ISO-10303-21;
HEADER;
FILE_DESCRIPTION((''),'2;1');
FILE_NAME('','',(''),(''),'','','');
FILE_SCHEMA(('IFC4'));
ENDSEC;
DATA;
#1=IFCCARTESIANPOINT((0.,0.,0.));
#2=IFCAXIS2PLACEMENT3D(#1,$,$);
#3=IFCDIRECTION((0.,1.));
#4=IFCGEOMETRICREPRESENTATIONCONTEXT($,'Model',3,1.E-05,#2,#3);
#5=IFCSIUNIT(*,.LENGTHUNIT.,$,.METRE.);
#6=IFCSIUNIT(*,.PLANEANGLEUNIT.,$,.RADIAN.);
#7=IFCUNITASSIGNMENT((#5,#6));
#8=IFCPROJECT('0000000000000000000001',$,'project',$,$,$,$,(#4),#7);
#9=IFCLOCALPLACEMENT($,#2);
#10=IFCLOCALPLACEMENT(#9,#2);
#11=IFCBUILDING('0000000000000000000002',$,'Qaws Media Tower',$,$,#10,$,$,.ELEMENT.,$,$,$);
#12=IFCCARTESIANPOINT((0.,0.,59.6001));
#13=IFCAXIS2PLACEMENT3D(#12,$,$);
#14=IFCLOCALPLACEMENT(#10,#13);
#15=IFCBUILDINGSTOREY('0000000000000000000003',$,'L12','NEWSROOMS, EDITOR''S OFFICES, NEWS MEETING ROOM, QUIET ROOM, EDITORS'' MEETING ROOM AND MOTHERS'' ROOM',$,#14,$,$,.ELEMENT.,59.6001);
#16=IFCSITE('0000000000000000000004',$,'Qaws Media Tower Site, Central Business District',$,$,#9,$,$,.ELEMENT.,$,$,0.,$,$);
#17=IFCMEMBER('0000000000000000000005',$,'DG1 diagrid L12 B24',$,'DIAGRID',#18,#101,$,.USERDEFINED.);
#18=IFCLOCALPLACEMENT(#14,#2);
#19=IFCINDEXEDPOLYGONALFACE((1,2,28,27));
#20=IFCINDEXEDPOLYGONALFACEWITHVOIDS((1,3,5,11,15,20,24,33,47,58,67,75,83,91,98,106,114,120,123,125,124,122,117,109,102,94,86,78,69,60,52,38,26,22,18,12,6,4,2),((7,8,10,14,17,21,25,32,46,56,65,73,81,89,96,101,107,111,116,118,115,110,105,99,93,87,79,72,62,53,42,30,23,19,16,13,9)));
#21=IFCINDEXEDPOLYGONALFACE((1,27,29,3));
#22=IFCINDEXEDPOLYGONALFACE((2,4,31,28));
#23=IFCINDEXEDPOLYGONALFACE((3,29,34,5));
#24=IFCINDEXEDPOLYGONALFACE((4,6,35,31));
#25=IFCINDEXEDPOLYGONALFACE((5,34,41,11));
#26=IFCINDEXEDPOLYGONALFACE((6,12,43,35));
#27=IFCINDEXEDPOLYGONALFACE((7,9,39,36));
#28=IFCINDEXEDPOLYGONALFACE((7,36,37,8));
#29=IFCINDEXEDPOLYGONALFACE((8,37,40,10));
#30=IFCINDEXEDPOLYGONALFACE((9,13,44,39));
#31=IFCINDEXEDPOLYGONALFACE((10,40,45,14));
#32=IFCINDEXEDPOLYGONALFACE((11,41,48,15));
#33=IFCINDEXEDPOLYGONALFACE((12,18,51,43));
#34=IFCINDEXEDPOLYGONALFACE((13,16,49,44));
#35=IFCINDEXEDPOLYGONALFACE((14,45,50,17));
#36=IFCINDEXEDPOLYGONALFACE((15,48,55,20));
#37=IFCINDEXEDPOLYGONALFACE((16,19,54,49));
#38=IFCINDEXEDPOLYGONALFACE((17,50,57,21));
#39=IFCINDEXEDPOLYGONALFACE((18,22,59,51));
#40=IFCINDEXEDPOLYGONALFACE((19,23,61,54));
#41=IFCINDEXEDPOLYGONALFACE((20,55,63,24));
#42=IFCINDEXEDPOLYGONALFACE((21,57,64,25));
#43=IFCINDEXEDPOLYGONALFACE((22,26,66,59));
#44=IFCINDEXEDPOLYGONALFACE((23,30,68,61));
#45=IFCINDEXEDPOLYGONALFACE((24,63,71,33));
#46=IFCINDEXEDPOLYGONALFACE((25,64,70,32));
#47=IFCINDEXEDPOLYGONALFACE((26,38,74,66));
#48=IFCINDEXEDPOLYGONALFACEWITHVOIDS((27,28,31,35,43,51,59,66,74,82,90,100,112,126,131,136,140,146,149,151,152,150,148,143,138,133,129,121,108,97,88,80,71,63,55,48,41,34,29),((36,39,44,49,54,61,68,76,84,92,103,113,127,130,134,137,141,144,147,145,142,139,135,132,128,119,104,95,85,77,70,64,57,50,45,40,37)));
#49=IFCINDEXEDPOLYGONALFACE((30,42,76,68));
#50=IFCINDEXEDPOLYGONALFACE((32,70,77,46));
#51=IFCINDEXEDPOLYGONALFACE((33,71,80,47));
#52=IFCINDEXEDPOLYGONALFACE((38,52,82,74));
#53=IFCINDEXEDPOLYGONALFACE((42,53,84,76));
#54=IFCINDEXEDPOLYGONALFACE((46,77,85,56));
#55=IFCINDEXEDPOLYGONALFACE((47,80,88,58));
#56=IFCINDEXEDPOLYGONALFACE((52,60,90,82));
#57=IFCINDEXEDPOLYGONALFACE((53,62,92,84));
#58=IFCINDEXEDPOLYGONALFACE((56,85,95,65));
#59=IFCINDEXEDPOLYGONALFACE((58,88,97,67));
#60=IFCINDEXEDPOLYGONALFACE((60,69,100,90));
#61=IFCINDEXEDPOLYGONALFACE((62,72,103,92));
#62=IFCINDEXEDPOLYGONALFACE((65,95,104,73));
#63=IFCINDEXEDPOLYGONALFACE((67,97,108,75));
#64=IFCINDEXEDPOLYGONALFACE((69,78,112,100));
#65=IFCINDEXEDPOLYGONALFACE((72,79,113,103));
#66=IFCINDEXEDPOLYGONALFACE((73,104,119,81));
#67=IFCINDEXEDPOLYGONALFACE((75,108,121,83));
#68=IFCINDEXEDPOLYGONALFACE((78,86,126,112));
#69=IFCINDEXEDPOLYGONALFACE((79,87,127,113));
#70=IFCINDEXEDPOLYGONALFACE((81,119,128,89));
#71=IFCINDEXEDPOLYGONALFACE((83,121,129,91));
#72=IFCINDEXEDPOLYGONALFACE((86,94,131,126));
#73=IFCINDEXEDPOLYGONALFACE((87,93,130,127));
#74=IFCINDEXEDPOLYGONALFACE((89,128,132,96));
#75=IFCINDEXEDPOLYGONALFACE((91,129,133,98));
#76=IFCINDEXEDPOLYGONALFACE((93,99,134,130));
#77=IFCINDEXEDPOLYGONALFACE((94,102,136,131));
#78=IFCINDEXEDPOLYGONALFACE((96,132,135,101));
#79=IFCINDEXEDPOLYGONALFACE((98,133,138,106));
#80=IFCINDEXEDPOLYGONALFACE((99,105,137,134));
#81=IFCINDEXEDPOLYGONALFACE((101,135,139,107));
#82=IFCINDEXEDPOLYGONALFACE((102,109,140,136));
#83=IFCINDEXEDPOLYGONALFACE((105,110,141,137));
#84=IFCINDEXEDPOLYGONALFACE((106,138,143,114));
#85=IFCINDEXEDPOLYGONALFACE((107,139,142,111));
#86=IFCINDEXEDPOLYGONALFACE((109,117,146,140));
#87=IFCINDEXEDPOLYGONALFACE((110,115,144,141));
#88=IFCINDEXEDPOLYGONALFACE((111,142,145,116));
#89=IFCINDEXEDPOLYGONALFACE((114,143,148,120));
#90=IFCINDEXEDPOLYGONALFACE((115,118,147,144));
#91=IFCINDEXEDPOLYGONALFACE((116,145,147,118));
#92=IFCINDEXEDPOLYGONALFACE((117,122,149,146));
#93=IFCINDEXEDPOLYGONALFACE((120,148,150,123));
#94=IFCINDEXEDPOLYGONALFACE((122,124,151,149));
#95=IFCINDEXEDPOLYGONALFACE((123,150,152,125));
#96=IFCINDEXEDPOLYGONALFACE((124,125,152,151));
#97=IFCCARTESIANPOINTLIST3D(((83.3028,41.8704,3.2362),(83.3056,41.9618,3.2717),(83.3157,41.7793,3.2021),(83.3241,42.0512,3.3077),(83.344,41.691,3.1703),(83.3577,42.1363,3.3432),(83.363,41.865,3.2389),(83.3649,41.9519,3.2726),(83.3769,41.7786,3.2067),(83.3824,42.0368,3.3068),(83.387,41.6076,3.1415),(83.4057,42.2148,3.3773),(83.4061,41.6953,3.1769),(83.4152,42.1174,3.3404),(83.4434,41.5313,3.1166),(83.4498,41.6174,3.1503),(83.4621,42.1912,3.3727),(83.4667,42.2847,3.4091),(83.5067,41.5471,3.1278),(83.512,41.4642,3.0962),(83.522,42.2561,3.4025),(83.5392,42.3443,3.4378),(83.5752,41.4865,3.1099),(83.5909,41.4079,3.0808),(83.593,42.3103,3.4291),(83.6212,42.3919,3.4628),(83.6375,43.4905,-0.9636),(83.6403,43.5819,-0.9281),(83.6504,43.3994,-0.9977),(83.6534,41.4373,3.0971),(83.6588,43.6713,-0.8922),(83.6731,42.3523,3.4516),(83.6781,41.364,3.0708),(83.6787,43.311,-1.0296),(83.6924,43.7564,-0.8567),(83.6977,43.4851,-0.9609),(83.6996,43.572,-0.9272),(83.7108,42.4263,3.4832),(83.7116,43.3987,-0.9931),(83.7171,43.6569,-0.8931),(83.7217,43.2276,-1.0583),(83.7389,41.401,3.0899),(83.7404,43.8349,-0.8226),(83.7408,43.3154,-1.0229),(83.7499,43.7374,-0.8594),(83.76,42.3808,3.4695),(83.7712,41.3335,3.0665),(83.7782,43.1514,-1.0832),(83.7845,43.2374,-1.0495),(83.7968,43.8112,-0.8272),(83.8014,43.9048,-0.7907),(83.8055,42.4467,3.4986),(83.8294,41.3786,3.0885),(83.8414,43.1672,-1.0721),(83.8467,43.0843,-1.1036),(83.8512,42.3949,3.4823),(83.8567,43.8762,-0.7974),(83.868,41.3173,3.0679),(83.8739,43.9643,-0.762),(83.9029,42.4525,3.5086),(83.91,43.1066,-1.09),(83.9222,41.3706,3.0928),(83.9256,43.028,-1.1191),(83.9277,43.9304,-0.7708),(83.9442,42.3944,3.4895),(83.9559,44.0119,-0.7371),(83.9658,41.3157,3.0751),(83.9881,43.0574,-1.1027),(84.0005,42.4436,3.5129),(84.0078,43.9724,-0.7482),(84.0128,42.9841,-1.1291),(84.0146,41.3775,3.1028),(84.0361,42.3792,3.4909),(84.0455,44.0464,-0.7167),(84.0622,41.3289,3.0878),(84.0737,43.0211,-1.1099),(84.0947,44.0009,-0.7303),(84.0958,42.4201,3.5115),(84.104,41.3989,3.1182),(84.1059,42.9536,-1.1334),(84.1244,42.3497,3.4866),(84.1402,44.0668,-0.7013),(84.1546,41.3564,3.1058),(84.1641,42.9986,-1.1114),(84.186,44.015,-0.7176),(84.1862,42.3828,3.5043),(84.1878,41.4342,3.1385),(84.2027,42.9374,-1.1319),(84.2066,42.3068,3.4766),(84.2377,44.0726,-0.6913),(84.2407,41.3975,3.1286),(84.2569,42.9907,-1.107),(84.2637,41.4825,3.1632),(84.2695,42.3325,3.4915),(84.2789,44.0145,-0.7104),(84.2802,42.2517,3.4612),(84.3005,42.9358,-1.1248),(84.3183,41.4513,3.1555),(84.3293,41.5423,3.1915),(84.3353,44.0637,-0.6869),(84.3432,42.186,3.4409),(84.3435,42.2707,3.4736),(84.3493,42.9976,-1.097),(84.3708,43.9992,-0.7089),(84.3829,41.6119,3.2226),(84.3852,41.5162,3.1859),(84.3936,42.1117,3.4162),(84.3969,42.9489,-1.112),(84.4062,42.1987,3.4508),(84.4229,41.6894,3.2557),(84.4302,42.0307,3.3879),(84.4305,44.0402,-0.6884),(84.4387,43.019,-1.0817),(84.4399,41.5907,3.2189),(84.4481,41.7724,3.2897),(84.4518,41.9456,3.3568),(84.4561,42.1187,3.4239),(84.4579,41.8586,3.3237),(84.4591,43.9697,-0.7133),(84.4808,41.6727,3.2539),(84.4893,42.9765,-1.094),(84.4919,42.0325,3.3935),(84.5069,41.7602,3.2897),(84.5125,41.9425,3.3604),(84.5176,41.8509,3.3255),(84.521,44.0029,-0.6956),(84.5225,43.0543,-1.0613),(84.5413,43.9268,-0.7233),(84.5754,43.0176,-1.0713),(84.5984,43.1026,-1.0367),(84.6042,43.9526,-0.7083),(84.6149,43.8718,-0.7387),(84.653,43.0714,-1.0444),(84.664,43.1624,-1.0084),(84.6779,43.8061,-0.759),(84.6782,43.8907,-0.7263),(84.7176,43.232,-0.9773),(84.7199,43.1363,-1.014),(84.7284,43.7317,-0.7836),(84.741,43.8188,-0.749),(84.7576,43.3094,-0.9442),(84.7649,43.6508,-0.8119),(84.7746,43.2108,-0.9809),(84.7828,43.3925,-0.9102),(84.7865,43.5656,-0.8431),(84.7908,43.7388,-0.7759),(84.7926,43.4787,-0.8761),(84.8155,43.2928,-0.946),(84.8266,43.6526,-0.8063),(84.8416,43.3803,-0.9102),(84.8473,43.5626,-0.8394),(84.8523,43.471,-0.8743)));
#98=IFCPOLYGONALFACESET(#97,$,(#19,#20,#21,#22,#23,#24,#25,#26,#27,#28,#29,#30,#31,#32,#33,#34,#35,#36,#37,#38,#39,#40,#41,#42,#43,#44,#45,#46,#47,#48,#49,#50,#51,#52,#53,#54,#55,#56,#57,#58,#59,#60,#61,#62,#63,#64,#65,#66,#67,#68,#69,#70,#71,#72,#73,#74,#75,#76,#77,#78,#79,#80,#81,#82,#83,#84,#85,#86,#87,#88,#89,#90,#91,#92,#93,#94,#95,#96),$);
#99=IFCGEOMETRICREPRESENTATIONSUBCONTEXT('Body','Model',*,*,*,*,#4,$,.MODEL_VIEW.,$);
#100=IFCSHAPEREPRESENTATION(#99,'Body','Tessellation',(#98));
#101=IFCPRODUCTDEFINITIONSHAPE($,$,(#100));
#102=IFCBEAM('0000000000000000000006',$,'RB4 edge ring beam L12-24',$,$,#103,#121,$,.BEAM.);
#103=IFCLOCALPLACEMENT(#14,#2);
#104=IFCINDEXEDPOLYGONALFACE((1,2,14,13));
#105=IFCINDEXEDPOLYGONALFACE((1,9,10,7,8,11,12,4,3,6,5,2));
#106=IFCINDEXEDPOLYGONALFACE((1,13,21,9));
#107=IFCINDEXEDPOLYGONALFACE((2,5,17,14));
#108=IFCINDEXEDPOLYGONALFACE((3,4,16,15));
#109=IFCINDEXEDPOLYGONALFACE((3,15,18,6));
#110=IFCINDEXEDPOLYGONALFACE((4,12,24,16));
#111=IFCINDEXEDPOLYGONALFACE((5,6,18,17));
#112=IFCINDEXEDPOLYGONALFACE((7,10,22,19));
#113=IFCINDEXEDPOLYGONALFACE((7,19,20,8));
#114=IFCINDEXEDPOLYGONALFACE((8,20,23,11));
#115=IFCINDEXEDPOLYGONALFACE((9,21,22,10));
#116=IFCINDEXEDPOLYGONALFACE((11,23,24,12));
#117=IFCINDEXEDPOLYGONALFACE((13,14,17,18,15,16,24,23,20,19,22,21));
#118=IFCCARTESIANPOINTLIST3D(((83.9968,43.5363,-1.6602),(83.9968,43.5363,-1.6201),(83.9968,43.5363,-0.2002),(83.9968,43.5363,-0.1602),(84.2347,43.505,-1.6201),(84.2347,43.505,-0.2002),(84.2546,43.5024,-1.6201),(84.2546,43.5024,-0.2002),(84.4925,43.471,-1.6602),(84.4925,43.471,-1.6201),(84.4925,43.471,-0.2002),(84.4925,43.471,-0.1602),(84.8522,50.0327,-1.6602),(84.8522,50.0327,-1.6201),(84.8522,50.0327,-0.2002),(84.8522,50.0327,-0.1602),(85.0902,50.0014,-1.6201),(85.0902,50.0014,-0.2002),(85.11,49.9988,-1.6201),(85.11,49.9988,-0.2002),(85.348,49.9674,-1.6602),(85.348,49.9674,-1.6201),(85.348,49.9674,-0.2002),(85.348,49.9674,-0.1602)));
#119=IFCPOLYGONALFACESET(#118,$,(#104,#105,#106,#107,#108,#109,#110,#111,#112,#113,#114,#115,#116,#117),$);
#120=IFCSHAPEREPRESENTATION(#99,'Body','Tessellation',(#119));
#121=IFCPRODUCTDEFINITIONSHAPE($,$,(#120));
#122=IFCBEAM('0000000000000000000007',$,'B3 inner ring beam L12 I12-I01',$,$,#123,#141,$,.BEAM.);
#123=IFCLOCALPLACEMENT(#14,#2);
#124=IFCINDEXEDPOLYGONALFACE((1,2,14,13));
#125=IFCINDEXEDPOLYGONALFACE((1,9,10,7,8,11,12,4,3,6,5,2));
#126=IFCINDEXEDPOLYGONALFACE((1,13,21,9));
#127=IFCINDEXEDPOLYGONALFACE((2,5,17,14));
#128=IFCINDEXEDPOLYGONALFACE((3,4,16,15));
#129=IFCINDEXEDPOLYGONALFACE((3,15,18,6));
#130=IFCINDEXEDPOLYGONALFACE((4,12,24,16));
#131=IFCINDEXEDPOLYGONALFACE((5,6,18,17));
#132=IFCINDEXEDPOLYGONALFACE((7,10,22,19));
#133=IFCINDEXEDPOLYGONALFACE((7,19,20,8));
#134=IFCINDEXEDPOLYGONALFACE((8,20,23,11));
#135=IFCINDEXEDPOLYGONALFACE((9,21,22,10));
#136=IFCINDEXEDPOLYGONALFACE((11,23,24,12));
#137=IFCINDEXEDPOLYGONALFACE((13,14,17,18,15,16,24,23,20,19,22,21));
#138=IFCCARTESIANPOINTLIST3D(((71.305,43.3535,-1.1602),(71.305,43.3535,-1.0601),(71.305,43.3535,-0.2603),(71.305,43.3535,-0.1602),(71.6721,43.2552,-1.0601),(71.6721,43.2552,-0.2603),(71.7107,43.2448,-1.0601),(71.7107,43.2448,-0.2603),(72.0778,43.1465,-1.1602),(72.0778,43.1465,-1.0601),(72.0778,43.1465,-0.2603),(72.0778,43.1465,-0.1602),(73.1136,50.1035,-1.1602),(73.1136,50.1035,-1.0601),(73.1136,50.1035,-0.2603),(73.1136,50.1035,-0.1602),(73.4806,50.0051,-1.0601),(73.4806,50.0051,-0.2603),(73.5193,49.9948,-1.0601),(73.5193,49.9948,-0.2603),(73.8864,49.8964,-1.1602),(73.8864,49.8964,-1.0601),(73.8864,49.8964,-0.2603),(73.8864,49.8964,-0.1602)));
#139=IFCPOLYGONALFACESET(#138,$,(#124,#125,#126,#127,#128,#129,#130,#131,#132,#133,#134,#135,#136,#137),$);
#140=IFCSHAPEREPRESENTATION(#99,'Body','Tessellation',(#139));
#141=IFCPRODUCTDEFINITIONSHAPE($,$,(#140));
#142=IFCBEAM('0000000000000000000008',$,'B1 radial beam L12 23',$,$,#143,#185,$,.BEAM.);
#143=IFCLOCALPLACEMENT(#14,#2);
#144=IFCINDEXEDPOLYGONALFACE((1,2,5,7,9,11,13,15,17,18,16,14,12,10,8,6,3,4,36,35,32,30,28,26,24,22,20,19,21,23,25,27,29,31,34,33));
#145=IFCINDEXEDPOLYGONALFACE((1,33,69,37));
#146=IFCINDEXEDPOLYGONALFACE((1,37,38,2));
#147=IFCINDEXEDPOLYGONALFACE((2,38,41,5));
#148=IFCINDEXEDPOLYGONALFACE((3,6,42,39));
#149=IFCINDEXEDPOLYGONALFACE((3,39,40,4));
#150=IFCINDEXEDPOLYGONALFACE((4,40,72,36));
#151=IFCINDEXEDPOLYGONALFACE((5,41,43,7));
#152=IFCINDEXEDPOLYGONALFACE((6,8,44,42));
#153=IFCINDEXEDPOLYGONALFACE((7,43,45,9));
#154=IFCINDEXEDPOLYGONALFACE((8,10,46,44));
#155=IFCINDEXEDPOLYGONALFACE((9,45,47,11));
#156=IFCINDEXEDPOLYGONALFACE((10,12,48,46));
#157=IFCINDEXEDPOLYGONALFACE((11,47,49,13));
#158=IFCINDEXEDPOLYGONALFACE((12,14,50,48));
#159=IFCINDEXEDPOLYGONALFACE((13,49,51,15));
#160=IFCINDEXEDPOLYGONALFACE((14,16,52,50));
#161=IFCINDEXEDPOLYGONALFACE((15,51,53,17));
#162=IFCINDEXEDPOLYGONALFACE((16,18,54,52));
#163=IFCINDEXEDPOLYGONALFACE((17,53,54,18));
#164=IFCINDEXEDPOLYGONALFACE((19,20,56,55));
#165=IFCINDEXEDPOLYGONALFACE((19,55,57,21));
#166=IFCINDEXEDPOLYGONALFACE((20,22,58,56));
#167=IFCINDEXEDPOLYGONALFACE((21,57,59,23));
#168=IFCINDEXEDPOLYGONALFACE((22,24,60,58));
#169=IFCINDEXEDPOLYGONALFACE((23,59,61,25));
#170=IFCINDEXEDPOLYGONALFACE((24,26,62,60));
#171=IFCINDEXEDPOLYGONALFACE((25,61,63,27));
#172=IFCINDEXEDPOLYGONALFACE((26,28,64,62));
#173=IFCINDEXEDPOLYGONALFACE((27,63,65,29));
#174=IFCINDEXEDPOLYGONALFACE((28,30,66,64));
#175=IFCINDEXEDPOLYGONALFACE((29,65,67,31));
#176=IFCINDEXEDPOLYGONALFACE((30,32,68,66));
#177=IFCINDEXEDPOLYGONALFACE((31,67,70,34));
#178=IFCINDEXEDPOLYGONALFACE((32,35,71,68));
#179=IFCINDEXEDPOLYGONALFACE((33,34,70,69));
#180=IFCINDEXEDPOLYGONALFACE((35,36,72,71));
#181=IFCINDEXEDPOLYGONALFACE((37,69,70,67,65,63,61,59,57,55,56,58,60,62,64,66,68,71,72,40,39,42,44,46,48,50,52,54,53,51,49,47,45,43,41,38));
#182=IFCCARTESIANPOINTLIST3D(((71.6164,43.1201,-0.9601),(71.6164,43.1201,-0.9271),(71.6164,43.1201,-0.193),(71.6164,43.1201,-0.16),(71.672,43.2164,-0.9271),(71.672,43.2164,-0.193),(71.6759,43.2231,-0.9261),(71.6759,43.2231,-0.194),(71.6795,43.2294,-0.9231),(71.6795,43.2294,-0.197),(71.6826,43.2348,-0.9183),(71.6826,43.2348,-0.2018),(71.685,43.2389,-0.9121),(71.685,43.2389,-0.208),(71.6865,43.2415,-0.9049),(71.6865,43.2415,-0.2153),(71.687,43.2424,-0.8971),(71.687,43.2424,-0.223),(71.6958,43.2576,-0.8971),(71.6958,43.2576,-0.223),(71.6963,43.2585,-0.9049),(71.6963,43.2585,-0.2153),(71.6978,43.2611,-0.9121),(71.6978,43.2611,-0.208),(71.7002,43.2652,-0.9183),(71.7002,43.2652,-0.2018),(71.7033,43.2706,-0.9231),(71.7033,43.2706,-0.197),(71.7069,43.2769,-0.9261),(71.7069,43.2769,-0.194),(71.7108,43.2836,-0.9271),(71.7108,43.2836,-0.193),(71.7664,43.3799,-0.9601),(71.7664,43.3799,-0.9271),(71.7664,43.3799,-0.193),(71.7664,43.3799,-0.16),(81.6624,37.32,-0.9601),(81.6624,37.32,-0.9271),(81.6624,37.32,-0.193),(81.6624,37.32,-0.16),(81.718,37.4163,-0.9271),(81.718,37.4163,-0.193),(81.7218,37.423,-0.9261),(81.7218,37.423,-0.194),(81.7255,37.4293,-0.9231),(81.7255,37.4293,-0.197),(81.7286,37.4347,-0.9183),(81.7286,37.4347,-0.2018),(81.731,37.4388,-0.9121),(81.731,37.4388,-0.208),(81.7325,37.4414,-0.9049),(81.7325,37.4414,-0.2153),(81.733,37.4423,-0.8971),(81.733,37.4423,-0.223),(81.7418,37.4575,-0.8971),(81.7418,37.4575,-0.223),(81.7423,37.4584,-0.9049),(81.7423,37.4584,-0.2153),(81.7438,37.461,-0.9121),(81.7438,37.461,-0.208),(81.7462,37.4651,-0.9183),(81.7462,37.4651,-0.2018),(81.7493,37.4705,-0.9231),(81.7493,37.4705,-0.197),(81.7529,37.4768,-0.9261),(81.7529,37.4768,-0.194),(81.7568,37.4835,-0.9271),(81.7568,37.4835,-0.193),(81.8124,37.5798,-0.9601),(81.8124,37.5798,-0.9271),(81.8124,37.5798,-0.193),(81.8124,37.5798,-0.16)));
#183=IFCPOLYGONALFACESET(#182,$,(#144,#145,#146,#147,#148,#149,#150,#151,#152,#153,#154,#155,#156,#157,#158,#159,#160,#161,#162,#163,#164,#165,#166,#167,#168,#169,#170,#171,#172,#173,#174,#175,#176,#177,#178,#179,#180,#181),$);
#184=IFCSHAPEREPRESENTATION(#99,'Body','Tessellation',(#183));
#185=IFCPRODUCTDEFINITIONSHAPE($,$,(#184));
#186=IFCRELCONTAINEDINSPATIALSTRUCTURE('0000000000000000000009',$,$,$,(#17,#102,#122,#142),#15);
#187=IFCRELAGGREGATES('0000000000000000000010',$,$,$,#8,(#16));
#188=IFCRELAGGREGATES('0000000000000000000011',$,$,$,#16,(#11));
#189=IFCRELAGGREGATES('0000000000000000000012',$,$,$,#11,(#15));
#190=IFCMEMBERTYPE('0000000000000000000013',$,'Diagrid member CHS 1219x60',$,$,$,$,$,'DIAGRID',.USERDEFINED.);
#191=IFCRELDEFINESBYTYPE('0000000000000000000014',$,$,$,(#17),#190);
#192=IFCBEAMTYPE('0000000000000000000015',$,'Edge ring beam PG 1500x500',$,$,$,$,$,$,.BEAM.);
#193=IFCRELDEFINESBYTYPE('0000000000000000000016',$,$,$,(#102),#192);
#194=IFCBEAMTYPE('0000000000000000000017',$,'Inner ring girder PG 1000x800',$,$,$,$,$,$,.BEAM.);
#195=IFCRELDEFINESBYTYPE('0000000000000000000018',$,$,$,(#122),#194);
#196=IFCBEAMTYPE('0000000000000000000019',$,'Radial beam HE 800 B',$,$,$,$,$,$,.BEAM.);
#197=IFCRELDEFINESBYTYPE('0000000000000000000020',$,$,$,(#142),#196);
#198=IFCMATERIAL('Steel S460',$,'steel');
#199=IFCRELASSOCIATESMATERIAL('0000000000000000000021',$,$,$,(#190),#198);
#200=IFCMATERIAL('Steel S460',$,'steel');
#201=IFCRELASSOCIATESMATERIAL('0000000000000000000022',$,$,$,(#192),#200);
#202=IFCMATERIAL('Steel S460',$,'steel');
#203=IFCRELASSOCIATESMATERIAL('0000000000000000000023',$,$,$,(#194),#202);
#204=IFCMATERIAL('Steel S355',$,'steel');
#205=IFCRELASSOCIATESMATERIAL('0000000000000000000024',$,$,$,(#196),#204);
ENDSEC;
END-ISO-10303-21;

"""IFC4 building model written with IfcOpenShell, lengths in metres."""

from ifc_helpers import new_model, si_unit, direction, frame, origin, origin_2d, place, context, subcontext, project, spatial, hollow_circle, i_section, extrude, material, material_profile, profile_set, type_object, element, save


model = new_model("IFC4")

# Units and contexts
model_context = context("Model", 3, precision=1e-05, world=origin(), true_north=direction((0.0, 1.0)))
body_context = subcontext(model_context, "Body", "Model", "MODEL_VIEW")
ifc_project = project(units=[si_unit("LENGTHUNIT", "METRE"), si_unit("PLANEANGLEUNIT", "RADIAN")], contexts=[model_context])

# Site, building, storey
site_placement = place(None, origin())
site = spatial("IfcSite", under=ifc_project, at=site_placement, Name="Qaws Media Tower Site, Central Business District", CompositionType="ELEMENT", RefElevation=0.0)
building_placement = place(site_placement, origin())
building = spatial("IfcBuilding", under=site, at=building_placement, Name="Qaws Media Tower", CompositionType="ELEMENT")
storey_placement = place(building_placement, frame((0.0, 0.0, 59.6001)))
storey = spatial("IfcBuildingStorey", under=building, at=storey_placement, Name="L12", Description="NEWSROOMS, EDITOR'S OFFICES, NEWS MEETING ROOM, QUIET ROOM, EDITORS' MEETING ROOM AND MOTHERS' ROOM", CompositionType="ELEMENT", Elevation=59.6001)

# Member
ifc_material_1 = material(Name="Steel S460", Category="steel")
ifc_material_profile_1 = material_profile(ifc_material_1, hollow_circle(Radius=0.6096, WallThickness=0.0601, at=origin_2d()), Name="CHS 1219x60")
ifc_profile_set_1 = profile_set([ifc_material_profile_1], Name="Steel S460")
member_type_1 = type_object("IfcMemberType", Name="Diagrid member CHS 1219x60", ElementType="DIAGRID", PredefinedType="USERDEFINED", material=ifc_profile_set_1)
for number, where, z_axis, x_axis, name in (
    (1, (84.2446, 43.5037, -0.9102), (-0.07415, -0.358908, 0.930423), (0.979318, -0.202327, 0.0), "DG1 diagrid L12 B24"),
):
    element("IfcMember", number, at=place(storey_placement, frame(where, z_axis=z_axis, x_axis=x_axis)), inside=storey, type_object=member_type_1, Name=name, ObjectType="DIAGRID", PredefinedType="USERDEFINED", context=body_context, shape_type="SweptSolid", body=[
        extrude(hollow_circle(Radius=0.6096, WallThickness=0.0601, at=origin_2d()), origin(), (0.0, 0.0, 1.0), 4.5139),
    ])

# Beams
ifc_material_2 = material(Name="Steel S460", Category="steel")
ifc_material_profile_2 = material_profile(ifc_material_2, i_section(OverallWidth=0.5, OverallDepth=1.5, WebThickness=0.02, FlangeThickness=0.04, at=origin_2d()), Name="PG 1500x500")
ifc_profile_set_2 = profile_set([ifc_material_profile_2], Name="Steel S460")
beam_type_1 = type_object("IfcBeamType", Name="Edge ring beam PG 1500x500", PredefinedType="BEAM", material=ifc_profile_set_2)
beam_1_placement = place(storey_placement, frame((84.2446, 43.5037, -0.9102), z_axis=(0.130558, 0.991441, 0.0), x_axis=(-0.991441, 0.130558, 0.0)))
element("IfcBeam", 2, at=beam_1_placement, inside=storey, type_object=beam_type_1, Name="RB4 edge ring beam L12-24", PredefinedType="BEAM", context=body_context, shape_type="SweptSolid", body=[
    extrude(i_section(OverallWidth=0.5, OverallDepth=1.5, WebThickness=0.02, FlangeThickness=0.04, at=origin_2d()), origin(), (0.0, 0.0, 1.0), 6.5525),
])
ifc_material_3 = material(Name="Steel S460", Category="steel")
ifc_material_profile_3 = material_profile(ifc_material_3, i_section(OverallWidth=0.8, OverallDepth=1.0, WebThickness=0.04, FlangeThickness=0.1001, at=origin_2d()), Name="PG 1000x800")
ifc_profile_set_3 = profile_set([ifc_material_profile_3], Name="Steel S460")
beam_type_2 = type_object("IfcBeamType", Name="Inner ring girder PG 1000x800", PredefinedType="BEAM", material=ifc_profile_set_3)
beam_2_placement = place(storey_placement, frame((71.6914, 43.25, -0.6602), z_axis=(0.258811, 0.965928, 0.0), x_axis=(-0.965928, 0.258811, 0.0)))
element("IfcBeam", 3, at=beam_2_placement, inside=storey, type_object=beam_type_2, Name="B3 inner ring beam L12 I12-I01", PredefinedType="BEAM", context=body_context, shape_type="SweptSolid", body=[
    extrude(i_section(OverallWidth=0.8, OverallDepth=1.0, WebThickness=0.04, FlangeThickness=0.1001, at=origin_2d()), origin(), (0.0, 0.0, 1.0), 6.988),
])
ifc_material_4 = material(Name="Steel S355", Category="steel")
ifc_material_profile_4 = material_profile(ifc_material_4, i_section(OverallWidth=0.3, OverallDepth=0.8, WebThickness=0.0176, FlangeThickness=0.033, FilletRadius=0.03, at=origin_2d()), Name="HE 800 B")
ifc_profile_set_4 = profile_set([ifc_material_profile_4], Name="Steel S355")
beam_type_3 = type_object("IfcBeamType", Name="Radial beam HE 800 B", PredefinedType="BEAM", material=ifc_profile_set_4)
beam_3_placement = place(storey_placement, frame((71.6914, 43.25, -0.5601), z_axis=(0.866024, -0.500003, 0.0), x_axis=(0.500003, 0.866024, 0.0)))
element("IfcBeam", 4, at=beam_3_placement, inside=storey, type_object=beam_type_3, Name="B1 radial beam L12 23", PredefinedType="BEAM", context=body_context, shape_type="SweptSolid", body=[
    extrude(i_section(OverallWidth=0.3, OverallDepth=0.8, WebThickness=0.0176, FlangeThickness=0.033, FilletRadius=0.03, at=origin_2d()), origin(), (0.0, 0.0, 1.0), 11.6001),
])

save(model, "model.ifc")
